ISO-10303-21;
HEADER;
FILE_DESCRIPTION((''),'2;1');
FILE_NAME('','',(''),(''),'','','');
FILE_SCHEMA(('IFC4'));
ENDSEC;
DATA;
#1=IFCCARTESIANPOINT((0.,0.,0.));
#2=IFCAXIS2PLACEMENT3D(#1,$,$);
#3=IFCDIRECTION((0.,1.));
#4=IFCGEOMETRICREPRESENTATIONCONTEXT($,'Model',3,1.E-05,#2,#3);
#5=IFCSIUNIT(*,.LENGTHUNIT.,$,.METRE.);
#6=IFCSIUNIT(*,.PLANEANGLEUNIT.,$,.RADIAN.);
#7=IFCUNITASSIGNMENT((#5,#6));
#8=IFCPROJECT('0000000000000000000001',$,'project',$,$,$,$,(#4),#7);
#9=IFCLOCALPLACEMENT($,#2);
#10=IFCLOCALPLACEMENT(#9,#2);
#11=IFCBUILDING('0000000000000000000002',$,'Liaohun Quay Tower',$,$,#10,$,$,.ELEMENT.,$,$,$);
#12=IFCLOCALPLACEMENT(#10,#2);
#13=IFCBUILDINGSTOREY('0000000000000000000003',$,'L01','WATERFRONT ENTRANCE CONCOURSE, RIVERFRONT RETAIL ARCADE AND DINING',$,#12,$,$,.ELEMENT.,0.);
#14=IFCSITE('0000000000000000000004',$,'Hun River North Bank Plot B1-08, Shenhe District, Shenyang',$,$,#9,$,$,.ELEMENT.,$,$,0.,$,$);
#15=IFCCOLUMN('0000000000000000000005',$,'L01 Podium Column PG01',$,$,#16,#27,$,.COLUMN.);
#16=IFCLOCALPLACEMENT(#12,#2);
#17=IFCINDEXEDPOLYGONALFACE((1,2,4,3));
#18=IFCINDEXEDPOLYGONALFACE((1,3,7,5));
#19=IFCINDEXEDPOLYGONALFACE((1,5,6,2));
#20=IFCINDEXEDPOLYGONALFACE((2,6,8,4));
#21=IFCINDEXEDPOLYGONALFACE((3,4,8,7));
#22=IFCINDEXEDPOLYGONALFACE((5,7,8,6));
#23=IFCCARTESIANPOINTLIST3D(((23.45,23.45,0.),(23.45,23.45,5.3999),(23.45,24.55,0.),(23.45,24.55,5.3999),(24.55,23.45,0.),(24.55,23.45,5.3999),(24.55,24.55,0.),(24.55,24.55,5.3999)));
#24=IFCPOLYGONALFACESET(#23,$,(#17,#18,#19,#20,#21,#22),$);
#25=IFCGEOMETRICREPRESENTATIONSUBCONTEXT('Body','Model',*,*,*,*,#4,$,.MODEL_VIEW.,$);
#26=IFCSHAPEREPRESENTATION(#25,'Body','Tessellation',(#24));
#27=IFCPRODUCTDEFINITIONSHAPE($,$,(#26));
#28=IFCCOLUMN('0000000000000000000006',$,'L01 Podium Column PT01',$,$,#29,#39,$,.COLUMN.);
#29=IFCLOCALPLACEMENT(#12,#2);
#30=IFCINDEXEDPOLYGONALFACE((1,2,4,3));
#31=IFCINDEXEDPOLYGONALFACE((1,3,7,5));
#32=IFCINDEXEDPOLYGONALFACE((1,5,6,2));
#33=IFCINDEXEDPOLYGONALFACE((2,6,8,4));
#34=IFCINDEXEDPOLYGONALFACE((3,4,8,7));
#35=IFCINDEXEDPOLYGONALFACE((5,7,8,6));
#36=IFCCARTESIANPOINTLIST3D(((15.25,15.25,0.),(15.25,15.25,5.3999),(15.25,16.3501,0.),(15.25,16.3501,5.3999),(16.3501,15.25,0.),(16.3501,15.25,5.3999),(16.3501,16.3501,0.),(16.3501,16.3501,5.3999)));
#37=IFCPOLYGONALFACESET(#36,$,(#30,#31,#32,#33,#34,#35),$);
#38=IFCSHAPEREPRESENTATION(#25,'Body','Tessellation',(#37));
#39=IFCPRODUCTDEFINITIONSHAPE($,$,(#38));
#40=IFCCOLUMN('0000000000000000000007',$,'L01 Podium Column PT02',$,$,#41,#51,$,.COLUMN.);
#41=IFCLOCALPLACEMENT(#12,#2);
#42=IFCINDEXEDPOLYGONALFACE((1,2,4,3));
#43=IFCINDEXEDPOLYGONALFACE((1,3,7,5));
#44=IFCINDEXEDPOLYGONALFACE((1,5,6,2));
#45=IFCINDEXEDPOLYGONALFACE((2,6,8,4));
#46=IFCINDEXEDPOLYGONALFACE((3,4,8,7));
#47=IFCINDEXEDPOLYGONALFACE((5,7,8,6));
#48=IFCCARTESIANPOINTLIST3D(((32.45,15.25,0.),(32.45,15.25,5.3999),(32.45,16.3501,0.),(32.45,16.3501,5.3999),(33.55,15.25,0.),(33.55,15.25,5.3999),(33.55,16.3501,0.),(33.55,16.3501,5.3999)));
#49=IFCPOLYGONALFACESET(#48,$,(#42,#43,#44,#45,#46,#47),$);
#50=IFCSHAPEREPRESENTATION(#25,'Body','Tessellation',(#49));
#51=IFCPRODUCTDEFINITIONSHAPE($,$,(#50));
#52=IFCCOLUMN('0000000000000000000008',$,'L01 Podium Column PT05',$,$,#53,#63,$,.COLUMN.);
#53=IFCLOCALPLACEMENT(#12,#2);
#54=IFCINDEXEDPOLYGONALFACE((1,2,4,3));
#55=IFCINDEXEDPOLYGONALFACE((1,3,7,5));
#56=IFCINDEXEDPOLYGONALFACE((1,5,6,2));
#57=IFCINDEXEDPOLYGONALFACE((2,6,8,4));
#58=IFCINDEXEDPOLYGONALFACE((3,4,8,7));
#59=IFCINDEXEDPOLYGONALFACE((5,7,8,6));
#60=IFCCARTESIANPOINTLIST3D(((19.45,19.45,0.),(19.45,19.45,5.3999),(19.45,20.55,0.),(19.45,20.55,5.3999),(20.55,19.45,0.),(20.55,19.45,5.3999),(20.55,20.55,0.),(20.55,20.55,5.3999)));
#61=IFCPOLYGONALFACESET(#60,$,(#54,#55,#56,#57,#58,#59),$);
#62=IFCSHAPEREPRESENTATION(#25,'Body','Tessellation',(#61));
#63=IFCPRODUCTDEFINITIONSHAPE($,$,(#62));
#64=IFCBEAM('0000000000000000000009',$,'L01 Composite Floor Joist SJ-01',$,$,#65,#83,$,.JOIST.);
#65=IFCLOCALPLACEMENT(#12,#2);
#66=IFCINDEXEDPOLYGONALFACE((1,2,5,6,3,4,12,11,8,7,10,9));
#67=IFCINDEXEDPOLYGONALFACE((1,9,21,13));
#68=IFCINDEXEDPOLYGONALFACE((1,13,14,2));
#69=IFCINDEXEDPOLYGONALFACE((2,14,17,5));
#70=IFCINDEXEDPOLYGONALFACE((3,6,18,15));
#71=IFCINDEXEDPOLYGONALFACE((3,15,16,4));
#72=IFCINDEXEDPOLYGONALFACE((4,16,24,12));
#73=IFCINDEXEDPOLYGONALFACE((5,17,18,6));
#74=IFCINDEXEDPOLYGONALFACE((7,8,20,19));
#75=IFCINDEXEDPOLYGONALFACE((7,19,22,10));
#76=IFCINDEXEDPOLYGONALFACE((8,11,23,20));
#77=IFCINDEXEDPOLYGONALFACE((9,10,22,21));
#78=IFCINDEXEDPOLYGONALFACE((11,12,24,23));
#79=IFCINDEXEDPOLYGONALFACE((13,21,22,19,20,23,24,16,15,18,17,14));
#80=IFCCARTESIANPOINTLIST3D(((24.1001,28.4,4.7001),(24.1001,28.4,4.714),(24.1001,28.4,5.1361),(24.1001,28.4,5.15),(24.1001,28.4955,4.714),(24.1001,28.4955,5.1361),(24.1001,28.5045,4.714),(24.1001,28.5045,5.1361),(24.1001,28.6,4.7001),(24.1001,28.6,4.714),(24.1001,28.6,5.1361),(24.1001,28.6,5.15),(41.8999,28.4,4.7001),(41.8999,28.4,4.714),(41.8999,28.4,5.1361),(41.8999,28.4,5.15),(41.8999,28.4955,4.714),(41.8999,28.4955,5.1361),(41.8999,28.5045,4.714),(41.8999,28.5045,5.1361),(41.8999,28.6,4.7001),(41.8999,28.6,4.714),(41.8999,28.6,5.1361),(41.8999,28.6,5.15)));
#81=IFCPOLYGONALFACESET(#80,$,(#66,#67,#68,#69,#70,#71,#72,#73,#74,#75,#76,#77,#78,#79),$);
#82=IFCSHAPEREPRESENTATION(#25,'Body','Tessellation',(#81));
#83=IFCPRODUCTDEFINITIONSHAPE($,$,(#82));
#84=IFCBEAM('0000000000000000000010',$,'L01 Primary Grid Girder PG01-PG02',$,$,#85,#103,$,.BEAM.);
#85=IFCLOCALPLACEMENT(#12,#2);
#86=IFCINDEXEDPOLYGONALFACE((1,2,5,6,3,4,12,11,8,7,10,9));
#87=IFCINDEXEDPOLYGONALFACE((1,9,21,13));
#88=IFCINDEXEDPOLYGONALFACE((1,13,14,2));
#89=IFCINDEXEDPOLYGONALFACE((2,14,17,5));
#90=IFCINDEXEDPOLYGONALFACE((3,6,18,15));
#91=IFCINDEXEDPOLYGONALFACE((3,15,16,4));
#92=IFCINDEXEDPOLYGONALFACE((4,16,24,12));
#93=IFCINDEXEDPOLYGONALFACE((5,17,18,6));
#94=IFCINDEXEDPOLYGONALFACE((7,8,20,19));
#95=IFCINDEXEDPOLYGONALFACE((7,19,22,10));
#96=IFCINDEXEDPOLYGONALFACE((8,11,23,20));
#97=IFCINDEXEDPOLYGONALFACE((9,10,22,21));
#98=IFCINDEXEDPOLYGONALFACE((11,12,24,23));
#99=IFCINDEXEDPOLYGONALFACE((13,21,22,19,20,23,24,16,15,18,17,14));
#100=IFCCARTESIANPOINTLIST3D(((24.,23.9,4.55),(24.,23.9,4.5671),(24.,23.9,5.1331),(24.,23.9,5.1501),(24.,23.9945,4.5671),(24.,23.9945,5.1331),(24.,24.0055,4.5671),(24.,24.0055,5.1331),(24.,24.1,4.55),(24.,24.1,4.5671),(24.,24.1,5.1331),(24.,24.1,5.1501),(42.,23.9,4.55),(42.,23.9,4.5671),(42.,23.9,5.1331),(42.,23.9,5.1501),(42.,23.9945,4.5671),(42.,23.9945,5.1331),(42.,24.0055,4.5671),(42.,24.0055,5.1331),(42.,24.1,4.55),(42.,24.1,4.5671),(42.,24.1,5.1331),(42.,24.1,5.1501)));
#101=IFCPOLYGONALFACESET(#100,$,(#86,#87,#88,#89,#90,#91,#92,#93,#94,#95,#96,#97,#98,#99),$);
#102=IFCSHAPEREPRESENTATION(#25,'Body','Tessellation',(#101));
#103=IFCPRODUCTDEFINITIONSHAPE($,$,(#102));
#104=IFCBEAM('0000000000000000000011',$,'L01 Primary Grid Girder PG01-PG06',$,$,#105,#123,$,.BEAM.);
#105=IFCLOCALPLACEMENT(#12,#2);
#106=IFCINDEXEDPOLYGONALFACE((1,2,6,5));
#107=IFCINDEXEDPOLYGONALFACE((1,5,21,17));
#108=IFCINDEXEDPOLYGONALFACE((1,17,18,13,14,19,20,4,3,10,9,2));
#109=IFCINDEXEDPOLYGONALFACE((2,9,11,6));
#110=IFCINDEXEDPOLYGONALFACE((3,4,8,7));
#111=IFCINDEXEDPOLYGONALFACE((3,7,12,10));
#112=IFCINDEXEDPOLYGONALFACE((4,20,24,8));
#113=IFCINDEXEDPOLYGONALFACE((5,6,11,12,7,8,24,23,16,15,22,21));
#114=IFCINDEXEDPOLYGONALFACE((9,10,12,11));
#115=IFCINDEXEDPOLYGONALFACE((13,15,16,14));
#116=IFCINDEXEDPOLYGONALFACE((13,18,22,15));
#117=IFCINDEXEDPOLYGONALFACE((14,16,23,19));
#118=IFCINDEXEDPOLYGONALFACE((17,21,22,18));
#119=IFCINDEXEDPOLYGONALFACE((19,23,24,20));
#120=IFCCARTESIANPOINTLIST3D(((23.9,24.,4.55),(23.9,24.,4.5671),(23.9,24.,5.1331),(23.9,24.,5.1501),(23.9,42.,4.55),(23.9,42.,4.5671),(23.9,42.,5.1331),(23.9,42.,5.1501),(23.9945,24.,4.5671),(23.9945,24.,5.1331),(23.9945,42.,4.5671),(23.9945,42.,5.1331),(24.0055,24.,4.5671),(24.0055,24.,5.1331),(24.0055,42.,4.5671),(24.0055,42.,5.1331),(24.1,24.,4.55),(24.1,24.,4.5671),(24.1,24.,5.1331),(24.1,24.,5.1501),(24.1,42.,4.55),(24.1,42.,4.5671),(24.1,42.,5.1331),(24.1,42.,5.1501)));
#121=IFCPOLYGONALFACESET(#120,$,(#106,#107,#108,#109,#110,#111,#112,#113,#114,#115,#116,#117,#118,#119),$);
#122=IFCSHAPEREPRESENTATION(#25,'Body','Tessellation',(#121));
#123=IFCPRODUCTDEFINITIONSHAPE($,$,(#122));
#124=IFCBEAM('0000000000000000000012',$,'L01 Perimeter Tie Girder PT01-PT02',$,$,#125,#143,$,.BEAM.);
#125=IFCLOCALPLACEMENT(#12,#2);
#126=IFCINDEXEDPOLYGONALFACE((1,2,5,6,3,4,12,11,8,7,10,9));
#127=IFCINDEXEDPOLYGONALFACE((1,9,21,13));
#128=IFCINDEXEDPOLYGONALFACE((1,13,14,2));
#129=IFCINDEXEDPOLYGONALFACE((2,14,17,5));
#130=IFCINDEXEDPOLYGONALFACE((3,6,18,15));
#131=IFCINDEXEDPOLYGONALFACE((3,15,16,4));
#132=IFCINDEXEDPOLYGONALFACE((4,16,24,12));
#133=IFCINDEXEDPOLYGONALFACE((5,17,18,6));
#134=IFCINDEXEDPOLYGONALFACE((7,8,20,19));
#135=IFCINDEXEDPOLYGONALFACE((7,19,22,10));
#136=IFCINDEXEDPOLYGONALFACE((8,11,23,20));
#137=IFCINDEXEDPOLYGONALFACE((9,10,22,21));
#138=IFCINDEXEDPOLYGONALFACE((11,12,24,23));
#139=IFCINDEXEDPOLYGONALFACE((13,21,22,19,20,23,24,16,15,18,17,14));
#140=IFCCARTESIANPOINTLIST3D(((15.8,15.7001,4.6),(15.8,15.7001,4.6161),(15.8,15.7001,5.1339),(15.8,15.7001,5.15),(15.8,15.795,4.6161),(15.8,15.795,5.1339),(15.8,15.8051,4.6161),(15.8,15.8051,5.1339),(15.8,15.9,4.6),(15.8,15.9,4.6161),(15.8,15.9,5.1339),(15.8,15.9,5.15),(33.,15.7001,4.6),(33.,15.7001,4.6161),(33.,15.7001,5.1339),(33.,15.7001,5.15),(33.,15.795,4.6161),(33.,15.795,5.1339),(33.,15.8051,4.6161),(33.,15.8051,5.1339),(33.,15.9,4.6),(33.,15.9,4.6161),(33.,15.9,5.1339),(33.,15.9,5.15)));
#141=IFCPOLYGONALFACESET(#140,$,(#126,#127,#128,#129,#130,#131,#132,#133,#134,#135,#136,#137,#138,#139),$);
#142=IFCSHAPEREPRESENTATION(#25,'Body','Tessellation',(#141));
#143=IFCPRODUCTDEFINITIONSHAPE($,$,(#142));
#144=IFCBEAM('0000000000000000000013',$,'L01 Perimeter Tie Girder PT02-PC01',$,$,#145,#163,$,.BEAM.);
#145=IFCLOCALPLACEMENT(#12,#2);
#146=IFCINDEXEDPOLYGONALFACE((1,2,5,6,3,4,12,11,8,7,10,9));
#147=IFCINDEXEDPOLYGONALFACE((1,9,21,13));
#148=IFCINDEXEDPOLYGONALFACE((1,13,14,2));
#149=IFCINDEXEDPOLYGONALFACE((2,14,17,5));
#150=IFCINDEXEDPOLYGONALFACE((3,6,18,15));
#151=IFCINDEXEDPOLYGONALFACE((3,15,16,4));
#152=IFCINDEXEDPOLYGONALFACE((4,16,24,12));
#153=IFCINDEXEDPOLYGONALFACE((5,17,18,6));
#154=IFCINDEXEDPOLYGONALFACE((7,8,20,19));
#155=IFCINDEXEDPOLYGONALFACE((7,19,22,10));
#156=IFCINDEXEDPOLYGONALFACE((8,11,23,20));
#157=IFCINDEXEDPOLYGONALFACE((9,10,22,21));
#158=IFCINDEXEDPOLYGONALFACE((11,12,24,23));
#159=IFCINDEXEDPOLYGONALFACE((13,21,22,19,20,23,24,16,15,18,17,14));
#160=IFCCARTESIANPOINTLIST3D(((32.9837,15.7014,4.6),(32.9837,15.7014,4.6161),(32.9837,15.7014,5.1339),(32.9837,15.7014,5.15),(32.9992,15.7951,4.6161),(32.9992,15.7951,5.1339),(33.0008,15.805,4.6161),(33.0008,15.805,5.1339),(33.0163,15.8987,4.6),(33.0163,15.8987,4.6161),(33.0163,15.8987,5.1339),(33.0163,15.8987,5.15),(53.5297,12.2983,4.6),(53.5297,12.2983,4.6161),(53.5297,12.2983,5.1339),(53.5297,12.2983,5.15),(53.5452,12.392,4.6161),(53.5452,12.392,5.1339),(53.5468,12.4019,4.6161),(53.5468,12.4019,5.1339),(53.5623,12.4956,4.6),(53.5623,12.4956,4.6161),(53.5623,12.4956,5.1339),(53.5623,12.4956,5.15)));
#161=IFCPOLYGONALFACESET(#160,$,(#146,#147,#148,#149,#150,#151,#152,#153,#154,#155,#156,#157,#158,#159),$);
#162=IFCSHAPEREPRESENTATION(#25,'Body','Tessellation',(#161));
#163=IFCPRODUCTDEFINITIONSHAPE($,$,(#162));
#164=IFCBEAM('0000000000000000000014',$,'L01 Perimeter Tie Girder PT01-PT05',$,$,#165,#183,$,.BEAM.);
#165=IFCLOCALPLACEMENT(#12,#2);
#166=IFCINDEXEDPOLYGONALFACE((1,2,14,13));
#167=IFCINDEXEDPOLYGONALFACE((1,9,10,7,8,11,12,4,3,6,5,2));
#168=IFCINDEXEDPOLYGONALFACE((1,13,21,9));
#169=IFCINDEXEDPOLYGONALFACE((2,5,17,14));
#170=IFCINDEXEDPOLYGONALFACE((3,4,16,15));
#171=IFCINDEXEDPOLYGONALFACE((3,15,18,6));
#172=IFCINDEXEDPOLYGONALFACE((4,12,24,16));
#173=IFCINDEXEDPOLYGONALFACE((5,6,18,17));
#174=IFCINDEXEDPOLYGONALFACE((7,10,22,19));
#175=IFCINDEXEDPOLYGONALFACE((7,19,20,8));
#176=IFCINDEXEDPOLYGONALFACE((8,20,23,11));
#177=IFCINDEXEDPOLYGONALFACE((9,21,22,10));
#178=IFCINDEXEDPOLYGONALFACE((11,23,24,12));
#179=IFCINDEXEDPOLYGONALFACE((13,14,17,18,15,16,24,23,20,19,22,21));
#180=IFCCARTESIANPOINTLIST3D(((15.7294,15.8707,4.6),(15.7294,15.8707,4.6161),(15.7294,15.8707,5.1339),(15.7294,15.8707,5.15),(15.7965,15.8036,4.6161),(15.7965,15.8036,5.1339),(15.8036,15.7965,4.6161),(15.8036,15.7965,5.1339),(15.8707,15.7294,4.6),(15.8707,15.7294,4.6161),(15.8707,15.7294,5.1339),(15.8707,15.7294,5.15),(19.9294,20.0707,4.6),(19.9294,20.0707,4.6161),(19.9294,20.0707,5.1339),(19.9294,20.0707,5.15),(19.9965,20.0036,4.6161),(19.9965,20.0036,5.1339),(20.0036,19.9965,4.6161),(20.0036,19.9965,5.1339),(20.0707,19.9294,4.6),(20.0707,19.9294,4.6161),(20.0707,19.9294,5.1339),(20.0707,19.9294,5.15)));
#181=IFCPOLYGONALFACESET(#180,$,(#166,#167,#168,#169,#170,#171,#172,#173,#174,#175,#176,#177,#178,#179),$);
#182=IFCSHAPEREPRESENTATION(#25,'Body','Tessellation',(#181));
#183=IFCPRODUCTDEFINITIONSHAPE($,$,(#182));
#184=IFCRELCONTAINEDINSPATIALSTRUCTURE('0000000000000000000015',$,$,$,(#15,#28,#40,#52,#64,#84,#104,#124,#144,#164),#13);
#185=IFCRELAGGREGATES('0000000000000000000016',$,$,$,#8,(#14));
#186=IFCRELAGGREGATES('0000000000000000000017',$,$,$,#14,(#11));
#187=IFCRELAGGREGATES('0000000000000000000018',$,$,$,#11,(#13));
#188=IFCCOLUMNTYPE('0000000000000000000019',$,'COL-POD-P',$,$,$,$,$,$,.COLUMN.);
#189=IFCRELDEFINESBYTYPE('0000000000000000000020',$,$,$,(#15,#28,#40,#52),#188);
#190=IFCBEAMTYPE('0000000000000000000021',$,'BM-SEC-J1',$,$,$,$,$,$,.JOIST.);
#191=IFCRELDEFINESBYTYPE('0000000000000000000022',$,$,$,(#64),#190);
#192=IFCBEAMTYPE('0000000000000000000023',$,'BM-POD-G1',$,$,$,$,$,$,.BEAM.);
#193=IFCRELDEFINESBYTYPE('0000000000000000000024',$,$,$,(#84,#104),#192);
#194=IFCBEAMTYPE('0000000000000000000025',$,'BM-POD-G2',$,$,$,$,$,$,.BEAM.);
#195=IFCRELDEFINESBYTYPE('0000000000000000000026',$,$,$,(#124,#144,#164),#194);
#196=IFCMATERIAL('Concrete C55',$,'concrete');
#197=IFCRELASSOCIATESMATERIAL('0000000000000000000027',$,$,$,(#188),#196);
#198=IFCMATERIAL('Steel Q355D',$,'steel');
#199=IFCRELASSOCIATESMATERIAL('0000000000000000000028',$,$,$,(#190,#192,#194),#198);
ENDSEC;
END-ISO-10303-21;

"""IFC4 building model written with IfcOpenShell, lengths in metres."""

from ifc_helpers import new_model, si_unit, direction, frame, origin, origin_2d, place, context, subcontext, project, spatial, rectangle, i_section, extrude, source, transform, mapped, material, material_profile, profile_set, type_object, element, save


model = new_model("IFC4")

# Units and contexts
model_context = context("Model", 3, precision=1e-05, world=origin(), true_north=direction((0.0, 1.0)))
body_context = subcontext(model_context, "Body", "Model", "MODEL_VIEW")
ifc_project = project(units=[si_unit("LENGTHUNIT", "METRE"), si_unit("PLANEANGLEUNIT", "RADIAN")], contexts=[model_context])

# Site, building, storey
site_placement = place(None, origin())
site = spatial("IfcSite", under=ifc_project, at=site_placement, Name="Hun River North Bank Plot B1-08, Shenhe District, Shenyang", CompositionType="ELEMENT", RefElevation=0.0)
building_placement = place(site_placement, origin())
building = spatial("IfcBuilding", under=site, at=building_placement, Name="Liaohun Quay Tower", CompositionType="ELEMENT")
storey_placement = place(building_placement, origin())
storey = spatial("IfcBuildingStorey", under=building, at=storey_placement, Name="L01", Description="WATERFRONT ENTRANCE CONCOURSE, RIVERFRONT RETAIL ARCADE AND DINING", CompositionType="ELEMENT", Elevation=0.0)

# Columns
ifc_material_1 = material(Name="Concrete C55", Category="concrete")
ifc_material_profile_1 = material_profile(ifc_material_1, rectangle(XDim=1.1001, YDim=1.1001, at=origin_2d()), Name="RC1100x1100")
ifc_profile_set_1 = profile_set([ifc_material_profile_1], Name="Concrete C55")
column_type = type_object("IfcColumnType", Name="COL-POD-P", PredefinedType="COLUMN", material=ifc_profile_set_1)
shared_shape_1 = source(origin(), body_context, "Body", "SweptSolid", [
    extrude(rectangle(XDim=1.1001, YDim=1.1001, at=origin_2d()), origin(), (0.0, 0.0, 1.0), 5.3999),
])
for number, where, z_axis, x_axis, name in (
    (1, (24.0, 24.0, 0.0), (0.0, 0.0, 1.0), (1.0, 0.0, 0.0), "L01 Podium Column PG01"),
    (2, (15.8, 15.8, 0.0), (0.0, 0.0, 1.0), (1.0, 0.0, 0.0), "L01 Podium Column PT01"),
    (3, (33.0, 15.8, 0.0), (0.0, 0.0, 1.0), (1.0, 0.0, 0.0), "L01 Podium Column PT02"),
    (4, (20.0, 20.0, 0.0), (0.0, 0.0, 1.0), (1.0, 0.0, 0.0), "L01 Podium Column PT05"),
):
    element("IfcColumn", number, at=place(storey_placement, frame(where, z_axis=z_axis, x_axis=x_axis)), inside=storey, type_object=column_type, Name=name, PredefinedType="COLUMN", context=body_context, shape_type="MappedRepresentation", body=[
        mapped(shared_shape_1, transform((0.0, 0.0, 0.0), x_axis=(1.0, 0.0, 0.0), y_axis=(0.0, 1.0, 0.0), z_axis=(0.0, 0.0, 1.0), scale=1.0)),
    ])

# Beams
ifc_material_2 = material(Name="Steel Q355D", Category="steel")
ifc_material_profile_2 = material_profile(ifc_material_2, i_section(OverallWidth=0.2, OverallDepth=0.45, WebThickness=0.009, FlangeThickness=0.0139, at=origin_2d()), Name="HN450x200x9x14")
ifc_profile_set_2 = profile_set([ifc_material_profile_2], Name="Steel Q355D")
beam_type_1 = type_object("IfcBeamType", Name="BM-SEC-J1", PredefinedType="JOIST", material=ifc_profile_set_2)
shared_shape_2 = source(origin(), body_context, "Body", "SweptSolid", [
    extrude(i_section(OverallWidth=0.2, OverallDepth=0.45, WebThickness=0.009, FlangeThickness=0.0139, at=origin_2d()), origin(), (0.0, 0.0, 1.0), 17.7998),
])
beam_1_placement = place(storey_placement, frame((24.1001, 28.5, 4.925), z_axis=(1.0, 0.0, 0.0), x_axis=(0.0, 1.0, 0.0)))
element("IfcBeam", 5, at=beam_1_placement, inside=storey, type_object=beam_type_1, Name="L01 Composite Floor Joist SJ-01", PredefinedType="JOIST", context=body_context, shape_type="MappedRepresentation", body=[
    mapped(shared_shape_2, transform((0.0, 0.0, 0.0), x_axis=(1.0, 0.0, 0.0), y_axis=(0.0, 1.0, 0.0), z_axis=(0.0, 0.0, 1.0), scale=1.0)),
])
ifc_material_profile_3 = material_profile(ifc_material_2, i_section(OverallWidth=0.2, OverallDepth=0.6001, WebThickness=0.011, FlangeThickness=0.0171, at=origin_2d()), Name="HN600x200x11x17")
ifc_profile_set_3 = profile_set([ifc_material_profile_3], Name="Steel Q355D")
beam_type_2 = type_object("IfcBeamType", Name="BM-POD-G1", PredefinedType="BEAM", material=ifc_profile_set_3)
shared_shape_3 = source(origin(), body_context, "Body", "SweptSolid", [
    extrude(i_section(OverallWidth=0.2, OverallDepth=0.6001, WebThickness=0.011, FlangeThickness=0.0171, at=origin_2d()), origin(), (0.0, 0.0, 1.0), 18.0),
])
for number, where, z_axis, x_axis, name in (
    (6, (24.0, 24.0, 4.8501), (1.0, 0.0, 0.0), (0.0, 1.0, 0.0), "L01 Primary Grid Girder PG01-PG02"),
    (7, (24.0, 24.0, 4.8501), (0.0, 1.0, 0.0), (-1.0, 0.0, 0.0), "L01 Primary Grid Girder PG01-PG06"),
):
    element("IfcBeam", number, at=place(storey_placement, frame(where, z_axis=z_axis, x_axis=x_axis)), inside=storey, type_object=beam_type_2, Name=name, PredefinedType="BEAM", context=body_context, shape_type="MappedRepresentation", body=[
        mapped(shared_shape_3, transform((0.0, 0.0, 0.0), x_axis=(1.0, 0.0, 0.0), y_axis=(0.0, 1.0, 0.0), z_axis=(0.0, 0.0, 1.0), scale=1.0)),
    ])
ifc_material_profile_4 = material_profile(ifc_material_2, i_section(OverallWidth=0.2, OverallDepth=0.55, WebThickness=0.01, FlangeThickness=0.0161, at=origin_2d()), Name="HN550x200x10x16")
ifc_profile_set_4 = profile_set([ifc_material_profile_4], Name="Steel Q355D")
beam_type_3 = type_object("IfcBeamType", Name="BM-POD-G2", PredefinedType="BEAM", material=ifc_profile_set_4)
shared_shape_4 = source(origin(), body_context, "Body", "SweptSolid", [
    extrude(i_section(OverallWidth=0.2, OverallDepth=0.55, WebThickness=0.01, FlangeThickness=0.0161, at=origin_2d()), origin(), (0.0, 0.0, 1.0), 17.2),
])
beam_2_placement = place(storey_placement, frame((15.8, 15.8, 4.875), z_axis=(1.0, 0.0, 0.0), x_axis=(0.0, 1.0, 0.0)))
element("IfcBeam", 8, at=beam_2_placement, inside=storey, type_object=beam_type_3, Name="L01 Perimeter Tie Girder PT01-PT02", PredefinedType="BEAM", context=body_context, shape_type="MappedRepresentation", body=[
    mapped(shared_shape_4, transform((0.0, 0.0, 0.0), x_axis=(1.0, 0.0, 0.0), y_axis=(0.0, 1.0, 0.0), z_axis=(0.0, 0.0, 1.0), scale=1.0)),
])
shared_shape_5 = source(origin(), body_context, "Body", "SweptSolid", [
    extrude(i_section(OverallWidth=0.2, OverallDepth=0.55, WebThickness=0.01, FlangeThickness=0.0161, at=origin_2d()), origin(), (0.0, 0.0, 1.0), 20.8259),
])
beam_3_placement = place(storey_placement, frame((33.0, 15.8, 4.875), z_axis=(0.986559, -0.163407, 0.0), x_axis=(0.163407, 0.986559, 0.0)))
element("IfcBeam", 9, at=beam_3_placement, inside=storey, type_object=beam_type_3, Name="L01 Perimeter Tie Girder PT02-PC01", PredefinedType="BEAM", context=body_context, shape_type="MappedRepresentation", body=[
    mapped(shared_shape_5, transform((0.0, 0.0, 0.0), x_axis=(1.0, 0.0, 0.0), y_axis=(0.0, 1.0, 0.0), z_axis=(0.0, 0.0, 1.0), scale=1.0)),
])
shared_shape_6 = source(origin(), body_context, "Body", "SweptSolid", [
    extrude(i_section(OverallWidth=0.2, OverallDepth=0.55, WebThickness=0.01, FlangeThickness=0.0161, at=origin_2d()), origin(), (0.0, 0.0, 1.0), 5.9397),
])
beam_4_placement = place(storey_placement, frame((15.8, 15.8, 4.875), z_axis=(0.707107, 0.707107, 0.0), x_axis=(-0.707107, 0.707107, 0.0)))
element("IfcBeam", 10, at=beam_4_placement, inside=storey, type_object=beam_type_3, Name="L01 Perimeter Tie Girder PT01-PT05", PredefinedType="BEAM", context=body_context, shape_type="MappedRepresentation", body=[
    mapped(shared_shape_6, transform((0.0, 0.0, 0.0), x_axis=(1.0, 0.0, 0.0), y_axis=(0.0, 1.0, 0.0), z_axis=(0.0, 0.0, 1.0), scale=1.0)),
])

save(model, "model.ifc")
